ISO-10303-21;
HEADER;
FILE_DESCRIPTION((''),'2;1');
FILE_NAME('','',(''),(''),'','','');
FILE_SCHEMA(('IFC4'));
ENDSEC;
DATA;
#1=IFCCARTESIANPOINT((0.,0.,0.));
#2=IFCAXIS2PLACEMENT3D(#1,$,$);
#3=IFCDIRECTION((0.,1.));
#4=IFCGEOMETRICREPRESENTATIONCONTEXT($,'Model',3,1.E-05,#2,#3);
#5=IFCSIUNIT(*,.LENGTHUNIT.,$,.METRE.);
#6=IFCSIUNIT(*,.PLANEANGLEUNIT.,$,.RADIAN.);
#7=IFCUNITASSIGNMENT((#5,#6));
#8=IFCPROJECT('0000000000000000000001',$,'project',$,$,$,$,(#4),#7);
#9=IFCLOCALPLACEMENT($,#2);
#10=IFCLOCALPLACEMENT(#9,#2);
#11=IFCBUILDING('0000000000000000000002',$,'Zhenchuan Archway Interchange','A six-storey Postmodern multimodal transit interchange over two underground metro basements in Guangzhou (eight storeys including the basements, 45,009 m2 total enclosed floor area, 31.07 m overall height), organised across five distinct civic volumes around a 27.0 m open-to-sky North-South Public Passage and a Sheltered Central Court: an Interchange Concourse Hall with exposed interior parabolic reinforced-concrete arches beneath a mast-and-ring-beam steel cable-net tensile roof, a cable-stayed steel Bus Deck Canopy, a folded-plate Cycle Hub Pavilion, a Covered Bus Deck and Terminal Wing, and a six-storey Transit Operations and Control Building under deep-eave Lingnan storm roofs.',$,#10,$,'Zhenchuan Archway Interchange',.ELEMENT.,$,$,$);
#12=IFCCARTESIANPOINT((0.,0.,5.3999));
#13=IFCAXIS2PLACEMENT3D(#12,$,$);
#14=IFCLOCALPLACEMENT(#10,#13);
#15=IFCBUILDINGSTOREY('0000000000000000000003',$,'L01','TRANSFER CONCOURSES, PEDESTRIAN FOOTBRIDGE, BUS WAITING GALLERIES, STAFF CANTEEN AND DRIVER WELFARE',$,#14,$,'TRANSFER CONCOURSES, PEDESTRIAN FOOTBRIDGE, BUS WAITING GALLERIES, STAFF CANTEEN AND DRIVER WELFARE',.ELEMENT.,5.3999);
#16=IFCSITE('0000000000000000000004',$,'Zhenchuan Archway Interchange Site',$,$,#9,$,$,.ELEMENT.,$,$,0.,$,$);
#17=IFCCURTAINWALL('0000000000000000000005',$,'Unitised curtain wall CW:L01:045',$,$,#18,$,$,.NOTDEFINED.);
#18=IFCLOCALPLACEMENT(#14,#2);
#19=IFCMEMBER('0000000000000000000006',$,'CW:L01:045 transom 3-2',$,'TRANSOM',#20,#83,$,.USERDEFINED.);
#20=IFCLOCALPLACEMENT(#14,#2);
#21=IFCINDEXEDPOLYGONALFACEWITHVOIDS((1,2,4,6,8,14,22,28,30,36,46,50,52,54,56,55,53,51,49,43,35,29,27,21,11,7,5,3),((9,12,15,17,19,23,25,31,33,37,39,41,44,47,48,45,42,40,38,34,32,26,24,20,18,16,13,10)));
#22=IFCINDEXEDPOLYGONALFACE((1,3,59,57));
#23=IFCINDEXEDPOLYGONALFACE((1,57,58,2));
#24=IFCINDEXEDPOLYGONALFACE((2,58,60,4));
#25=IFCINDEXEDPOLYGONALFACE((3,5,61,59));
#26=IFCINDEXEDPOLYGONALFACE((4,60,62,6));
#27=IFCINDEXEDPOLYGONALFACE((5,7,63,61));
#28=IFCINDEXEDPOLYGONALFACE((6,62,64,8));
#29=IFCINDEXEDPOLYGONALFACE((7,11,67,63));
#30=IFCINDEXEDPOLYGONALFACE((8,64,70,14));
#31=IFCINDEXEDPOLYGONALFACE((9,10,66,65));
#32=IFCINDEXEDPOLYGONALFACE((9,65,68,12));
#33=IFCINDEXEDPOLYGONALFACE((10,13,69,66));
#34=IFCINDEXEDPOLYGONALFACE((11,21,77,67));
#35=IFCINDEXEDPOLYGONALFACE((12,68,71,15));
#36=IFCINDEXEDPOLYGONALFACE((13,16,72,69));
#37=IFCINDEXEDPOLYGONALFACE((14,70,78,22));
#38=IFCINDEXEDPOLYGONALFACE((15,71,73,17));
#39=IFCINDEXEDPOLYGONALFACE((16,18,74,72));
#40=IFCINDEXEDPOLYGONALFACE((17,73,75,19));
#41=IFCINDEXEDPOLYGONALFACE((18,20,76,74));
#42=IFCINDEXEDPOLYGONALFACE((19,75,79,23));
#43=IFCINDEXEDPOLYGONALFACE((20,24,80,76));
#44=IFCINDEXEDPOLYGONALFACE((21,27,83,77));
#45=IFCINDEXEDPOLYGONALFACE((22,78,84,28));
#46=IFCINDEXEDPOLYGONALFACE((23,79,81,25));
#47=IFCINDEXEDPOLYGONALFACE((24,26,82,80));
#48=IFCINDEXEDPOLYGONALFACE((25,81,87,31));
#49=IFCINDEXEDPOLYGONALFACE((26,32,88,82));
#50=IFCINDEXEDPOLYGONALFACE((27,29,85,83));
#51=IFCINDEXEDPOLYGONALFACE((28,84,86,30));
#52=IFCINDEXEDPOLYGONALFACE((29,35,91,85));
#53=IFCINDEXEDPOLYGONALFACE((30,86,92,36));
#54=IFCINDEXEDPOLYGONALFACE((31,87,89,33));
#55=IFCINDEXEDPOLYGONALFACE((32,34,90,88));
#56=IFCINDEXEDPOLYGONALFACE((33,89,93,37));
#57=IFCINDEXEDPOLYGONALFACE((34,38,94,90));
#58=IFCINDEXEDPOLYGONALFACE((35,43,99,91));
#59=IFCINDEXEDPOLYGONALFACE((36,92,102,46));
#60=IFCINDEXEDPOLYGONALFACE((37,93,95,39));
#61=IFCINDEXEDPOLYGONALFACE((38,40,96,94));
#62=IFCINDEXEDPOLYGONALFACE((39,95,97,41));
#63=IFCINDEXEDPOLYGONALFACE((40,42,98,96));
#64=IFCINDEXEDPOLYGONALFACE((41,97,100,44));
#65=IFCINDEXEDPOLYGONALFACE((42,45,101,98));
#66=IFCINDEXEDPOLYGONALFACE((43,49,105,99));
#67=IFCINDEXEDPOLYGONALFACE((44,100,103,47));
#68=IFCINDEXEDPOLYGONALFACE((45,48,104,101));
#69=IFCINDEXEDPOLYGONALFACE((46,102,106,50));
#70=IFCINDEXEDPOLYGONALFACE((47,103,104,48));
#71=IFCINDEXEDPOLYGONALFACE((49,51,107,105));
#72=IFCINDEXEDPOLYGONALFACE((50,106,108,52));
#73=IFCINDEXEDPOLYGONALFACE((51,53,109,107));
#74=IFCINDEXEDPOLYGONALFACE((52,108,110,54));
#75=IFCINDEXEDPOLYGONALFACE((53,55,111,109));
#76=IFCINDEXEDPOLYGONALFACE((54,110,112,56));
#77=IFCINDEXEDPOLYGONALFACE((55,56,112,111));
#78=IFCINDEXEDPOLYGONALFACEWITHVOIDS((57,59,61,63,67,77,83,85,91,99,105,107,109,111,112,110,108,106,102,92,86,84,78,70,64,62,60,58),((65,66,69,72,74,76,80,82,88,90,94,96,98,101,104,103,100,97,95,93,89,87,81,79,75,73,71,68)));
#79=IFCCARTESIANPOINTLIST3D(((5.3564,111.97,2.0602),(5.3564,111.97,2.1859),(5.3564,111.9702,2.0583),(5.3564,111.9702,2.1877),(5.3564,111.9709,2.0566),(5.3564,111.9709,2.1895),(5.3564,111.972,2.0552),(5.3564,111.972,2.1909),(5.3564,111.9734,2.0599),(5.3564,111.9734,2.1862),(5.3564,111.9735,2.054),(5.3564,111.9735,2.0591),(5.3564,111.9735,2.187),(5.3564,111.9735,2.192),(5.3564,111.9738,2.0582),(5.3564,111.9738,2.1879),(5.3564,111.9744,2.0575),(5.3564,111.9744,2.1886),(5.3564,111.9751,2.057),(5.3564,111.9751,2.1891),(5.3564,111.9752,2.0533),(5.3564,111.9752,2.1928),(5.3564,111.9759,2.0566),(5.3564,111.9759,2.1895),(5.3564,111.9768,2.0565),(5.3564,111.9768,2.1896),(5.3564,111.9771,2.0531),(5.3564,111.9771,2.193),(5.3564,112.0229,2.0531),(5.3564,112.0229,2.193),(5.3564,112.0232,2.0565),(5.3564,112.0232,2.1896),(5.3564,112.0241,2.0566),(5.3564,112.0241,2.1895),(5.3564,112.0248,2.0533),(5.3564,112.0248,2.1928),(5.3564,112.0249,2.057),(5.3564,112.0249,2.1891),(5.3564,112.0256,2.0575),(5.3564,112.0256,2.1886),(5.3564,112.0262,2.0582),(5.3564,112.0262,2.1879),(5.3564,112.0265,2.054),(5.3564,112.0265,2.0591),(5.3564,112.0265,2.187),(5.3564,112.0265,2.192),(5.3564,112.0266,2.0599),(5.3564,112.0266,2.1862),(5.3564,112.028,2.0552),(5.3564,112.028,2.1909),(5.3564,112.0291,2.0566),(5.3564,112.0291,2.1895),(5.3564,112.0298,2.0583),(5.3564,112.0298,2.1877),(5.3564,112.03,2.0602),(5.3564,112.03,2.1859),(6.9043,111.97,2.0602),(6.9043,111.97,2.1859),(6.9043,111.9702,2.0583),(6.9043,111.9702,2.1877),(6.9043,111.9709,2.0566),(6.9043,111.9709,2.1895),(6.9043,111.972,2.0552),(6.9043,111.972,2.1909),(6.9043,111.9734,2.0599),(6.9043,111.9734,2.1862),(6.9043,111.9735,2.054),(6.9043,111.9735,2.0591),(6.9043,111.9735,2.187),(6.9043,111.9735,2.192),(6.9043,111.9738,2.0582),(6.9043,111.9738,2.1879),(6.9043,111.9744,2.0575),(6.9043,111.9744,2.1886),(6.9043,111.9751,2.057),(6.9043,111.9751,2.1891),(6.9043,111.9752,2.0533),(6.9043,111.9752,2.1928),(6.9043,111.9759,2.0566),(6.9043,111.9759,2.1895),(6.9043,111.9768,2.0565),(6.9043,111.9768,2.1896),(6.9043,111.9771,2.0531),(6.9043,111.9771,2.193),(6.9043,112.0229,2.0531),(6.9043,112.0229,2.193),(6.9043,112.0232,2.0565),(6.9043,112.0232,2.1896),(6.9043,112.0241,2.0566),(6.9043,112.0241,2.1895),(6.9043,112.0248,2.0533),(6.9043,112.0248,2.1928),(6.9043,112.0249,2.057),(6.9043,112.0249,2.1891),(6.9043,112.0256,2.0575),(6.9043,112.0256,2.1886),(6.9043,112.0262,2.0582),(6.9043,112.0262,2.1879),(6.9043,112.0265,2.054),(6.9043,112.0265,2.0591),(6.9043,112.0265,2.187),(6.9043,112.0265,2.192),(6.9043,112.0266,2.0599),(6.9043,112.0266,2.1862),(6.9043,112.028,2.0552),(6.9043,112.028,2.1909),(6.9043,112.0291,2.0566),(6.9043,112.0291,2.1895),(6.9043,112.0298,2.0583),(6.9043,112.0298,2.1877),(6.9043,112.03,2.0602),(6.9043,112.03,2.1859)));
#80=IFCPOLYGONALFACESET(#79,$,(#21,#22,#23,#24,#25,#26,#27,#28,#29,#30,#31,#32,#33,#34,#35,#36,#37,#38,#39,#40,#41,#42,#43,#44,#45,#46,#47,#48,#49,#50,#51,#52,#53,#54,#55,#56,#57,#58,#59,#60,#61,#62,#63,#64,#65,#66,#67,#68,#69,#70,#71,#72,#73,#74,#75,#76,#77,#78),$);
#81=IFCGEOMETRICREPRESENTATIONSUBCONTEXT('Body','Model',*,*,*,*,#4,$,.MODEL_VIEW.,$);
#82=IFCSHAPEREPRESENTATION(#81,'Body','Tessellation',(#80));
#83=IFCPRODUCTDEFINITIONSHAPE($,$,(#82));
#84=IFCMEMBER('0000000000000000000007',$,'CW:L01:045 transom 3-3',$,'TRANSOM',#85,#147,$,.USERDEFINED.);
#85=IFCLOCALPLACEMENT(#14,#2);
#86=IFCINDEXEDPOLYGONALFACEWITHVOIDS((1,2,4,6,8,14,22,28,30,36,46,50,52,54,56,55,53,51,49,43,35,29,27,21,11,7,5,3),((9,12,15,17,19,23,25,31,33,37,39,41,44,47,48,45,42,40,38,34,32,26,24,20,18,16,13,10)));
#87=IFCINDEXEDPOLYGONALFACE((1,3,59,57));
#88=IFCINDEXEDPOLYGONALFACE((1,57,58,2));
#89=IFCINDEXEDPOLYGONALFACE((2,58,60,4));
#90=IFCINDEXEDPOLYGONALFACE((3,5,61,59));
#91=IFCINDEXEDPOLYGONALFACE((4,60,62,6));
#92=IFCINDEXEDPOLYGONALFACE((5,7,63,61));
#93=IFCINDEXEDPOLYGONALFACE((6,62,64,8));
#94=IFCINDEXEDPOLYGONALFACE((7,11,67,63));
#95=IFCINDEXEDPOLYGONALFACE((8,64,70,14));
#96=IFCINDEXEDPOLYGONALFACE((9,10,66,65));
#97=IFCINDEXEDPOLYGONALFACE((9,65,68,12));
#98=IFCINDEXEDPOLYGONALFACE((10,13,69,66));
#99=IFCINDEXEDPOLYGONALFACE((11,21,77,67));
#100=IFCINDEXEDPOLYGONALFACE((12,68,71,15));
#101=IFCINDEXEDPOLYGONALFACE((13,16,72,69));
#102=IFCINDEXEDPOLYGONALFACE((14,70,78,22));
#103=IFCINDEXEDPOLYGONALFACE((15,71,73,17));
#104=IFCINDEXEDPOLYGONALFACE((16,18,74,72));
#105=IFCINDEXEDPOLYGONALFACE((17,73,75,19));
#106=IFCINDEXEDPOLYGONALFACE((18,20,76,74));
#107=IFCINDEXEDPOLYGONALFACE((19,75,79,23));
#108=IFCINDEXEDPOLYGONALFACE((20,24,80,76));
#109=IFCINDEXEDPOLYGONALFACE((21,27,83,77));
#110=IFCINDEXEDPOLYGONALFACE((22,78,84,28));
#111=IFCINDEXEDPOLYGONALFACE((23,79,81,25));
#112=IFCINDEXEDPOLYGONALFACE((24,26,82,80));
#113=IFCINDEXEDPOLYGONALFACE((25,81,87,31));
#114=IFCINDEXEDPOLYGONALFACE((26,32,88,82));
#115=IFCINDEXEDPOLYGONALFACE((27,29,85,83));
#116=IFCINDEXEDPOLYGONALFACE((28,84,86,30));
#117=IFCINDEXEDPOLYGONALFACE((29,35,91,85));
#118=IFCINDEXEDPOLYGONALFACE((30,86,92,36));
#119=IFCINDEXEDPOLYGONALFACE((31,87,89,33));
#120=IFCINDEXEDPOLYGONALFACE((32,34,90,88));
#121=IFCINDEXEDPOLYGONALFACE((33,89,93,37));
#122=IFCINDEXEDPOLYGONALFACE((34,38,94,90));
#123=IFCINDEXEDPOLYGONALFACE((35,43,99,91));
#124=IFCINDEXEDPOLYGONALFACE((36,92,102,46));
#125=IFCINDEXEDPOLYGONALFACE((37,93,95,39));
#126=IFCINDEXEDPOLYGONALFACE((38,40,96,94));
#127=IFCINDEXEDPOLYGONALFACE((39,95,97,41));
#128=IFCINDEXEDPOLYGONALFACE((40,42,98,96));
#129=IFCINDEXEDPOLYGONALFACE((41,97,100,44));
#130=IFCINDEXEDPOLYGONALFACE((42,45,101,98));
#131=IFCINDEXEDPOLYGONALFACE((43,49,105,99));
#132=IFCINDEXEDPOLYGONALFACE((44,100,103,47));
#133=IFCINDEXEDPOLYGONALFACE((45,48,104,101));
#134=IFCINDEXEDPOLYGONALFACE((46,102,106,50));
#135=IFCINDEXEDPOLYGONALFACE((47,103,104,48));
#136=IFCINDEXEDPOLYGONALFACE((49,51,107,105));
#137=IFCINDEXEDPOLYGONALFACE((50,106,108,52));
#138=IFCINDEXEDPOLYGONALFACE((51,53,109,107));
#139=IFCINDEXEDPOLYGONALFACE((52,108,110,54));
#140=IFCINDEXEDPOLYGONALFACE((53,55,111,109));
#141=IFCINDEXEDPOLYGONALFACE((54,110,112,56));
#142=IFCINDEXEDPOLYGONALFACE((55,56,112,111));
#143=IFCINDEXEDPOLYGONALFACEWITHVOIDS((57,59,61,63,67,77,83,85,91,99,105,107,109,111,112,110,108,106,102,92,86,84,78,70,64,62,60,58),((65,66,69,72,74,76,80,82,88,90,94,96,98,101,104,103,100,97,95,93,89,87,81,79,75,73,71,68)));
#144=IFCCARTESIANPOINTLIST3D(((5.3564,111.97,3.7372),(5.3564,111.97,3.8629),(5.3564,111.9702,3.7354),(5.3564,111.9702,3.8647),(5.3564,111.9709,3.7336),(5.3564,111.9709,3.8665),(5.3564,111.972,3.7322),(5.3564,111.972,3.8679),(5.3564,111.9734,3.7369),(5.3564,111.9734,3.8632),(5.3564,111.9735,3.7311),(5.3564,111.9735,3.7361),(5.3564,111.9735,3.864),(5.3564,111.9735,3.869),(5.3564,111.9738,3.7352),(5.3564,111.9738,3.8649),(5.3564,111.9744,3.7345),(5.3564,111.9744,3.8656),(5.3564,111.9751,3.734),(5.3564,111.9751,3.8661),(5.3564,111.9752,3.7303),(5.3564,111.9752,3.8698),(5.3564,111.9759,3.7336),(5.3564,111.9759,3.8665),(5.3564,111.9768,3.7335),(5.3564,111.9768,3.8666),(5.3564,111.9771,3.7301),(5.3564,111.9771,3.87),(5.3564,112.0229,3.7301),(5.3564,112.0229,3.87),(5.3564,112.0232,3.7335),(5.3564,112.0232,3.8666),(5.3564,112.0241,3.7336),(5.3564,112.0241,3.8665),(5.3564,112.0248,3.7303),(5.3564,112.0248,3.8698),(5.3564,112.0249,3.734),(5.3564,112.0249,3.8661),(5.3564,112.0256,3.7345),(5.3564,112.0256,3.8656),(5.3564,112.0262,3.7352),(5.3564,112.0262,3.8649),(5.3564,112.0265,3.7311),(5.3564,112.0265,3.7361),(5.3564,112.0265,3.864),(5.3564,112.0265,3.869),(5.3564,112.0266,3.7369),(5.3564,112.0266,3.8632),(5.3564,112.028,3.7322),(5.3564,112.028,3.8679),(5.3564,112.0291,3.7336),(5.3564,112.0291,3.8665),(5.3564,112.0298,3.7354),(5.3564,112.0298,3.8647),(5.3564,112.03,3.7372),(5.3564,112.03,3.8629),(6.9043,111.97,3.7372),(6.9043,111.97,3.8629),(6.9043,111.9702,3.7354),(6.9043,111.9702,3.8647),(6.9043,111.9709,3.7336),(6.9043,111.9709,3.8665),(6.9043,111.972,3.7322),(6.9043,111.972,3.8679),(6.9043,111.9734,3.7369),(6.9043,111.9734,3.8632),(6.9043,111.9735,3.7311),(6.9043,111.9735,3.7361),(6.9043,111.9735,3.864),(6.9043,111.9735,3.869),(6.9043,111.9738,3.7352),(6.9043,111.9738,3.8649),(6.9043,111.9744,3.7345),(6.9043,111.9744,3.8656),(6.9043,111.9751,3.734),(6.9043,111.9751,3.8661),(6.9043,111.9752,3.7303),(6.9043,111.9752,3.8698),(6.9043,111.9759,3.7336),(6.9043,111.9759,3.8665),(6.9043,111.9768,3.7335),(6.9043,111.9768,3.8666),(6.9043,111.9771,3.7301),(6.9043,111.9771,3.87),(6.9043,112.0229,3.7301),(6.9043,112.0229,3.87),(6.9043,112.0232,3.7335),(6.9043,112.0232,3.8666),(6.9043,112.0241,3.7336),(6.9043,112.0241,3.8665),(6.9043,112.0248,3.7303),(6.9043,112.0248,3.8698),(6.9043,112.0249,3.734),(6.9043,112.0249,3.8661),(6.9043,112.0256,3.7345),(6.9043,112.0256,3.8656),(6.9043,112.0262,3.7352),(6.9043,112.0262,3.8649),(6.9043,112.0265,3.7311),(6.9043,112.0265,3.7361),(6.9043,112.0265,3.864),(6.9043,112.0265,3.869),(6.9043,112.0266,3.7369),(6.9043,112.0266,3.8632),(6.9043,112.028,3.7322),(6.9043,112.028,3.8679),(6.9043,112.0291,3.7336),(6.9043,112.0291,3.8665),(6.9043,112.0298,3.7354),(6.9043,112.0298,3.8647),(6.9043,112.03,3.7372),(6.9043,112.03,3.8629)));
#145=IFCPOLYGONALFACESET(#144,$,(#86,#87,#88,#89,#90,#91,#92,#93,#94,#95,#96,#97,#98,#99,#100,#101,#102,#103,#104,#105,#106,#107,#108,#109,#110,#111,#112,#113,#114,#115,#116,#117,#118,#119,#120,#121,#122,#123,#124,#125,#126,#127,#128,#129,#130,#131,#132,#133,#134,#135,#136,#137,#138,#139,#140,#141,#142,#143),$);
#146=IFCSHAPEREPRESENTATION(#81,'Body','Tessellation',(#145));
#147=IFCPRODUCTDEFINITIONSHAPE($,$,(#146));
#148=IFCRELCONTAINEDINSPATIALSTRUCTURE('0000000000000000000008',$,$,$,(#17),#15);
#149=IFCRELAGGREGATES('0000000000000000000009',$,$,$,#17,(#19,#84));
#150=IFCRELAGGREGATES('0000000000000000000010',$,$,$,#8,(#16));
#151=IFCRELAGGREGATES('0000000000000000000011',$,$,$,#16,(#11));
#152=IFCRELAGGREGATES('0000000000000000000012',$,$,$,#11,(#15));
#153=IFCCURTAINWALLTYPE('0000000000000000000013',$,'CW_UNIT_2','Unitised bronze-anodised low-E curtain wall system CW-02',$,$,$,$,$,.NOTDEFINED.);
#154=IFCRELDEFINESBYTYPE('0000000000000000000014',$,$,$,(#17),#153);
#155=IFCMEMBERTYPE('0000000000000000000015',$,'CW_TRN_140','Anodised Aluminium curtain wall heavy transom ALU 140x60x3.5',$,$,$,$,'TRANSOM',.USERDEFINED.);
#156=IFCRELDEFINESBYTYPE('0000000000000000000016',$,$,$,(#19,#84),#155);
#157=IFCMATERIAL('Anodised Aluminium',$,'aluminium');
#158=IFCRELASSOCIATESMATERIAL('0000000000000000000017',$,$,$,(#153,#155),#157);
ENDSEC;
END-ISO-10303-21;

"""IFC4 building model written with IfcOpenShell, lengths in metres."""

from ifc_helpers import new_model, si_unit, direction, frame, origin, origin_2d, place, context, subcontext, project, spatial, hollow_rectangle, extrude, material, material_profile, profile_set, type_object, element, aggregate, save


model = new_model("IFC4")

# Units and contexts
model_context = context("Model", 3, precision=1e-05, world=origin(), true_north=direction((0.0, 1.0)))
body_context = subcontext(model_context, "Body", "Model", "MODEL_VIEW")
ifc_project = project(units=[si_unit("LENGTHUNIT", "METRE"), si_unit("PLANEANGLEUNIT", "RADIAN")], contexts=[model_context])

# Site, building, storey
site_placement = place(None, origin())
site = spatial("IfcSite", under=ifc_project, at=site_placement, Name="Zhenchuan Archway Interchange Site", CompositionType="ELEMENT", RefElevation=0.0)
building_placement = place(site_placement, origin())
building = spatial("IfcBuilding", under=site, at=building_placement, Name="Zhenchuan Archway Interchange", Description="A six-storey Postmodern multimodal transit interchange over two underground metro basements in Guangzhou (eight storeys including the basements, 45,009 m2 total enclosed floor area, 31.07 m overall height), organised across five distinct civic volumes around a 27.0 m open-to-sky North-South Public Passage and a Sheltered Central Court: an Interchange Concourse Hall with exposed interior parabolic reinforced-concrete arches beneath a mast-and-ring-beam steel cable-net tensile roof, a cable-stayed steel Bus Deck Canopy, a folded-plate Cycle Hub Pavilion, a Covered Bus Deck and Terminal Wing, and a six-storey Transit Operations and Control Building under deep-eave Lingnan storm roofs.", LongName="Zhenchuan Archway Interchange", CompositionType="ELEMENT")
storey_placement = place(building_placement, frame((0.0, 0.0, 5.3999)))
storey = spatial("IfcBuildingStorey", under=building, at=storey_placement, Name="L01", Description="TRANSFER CONCOURSES, PEDESTRIAN FOOTBRIDGE, BUS WAITING GALLERIES, STAFF CANTEEN AND DRIVER WELFARE", LongName="TRANSFER CONCOURSES, PEDESTRIAN FOOTBRIDGE, BUS WAITING GALLERIES, STAFF CANTEEN AND DRIVER WELFARE", CompositionType="ELEMENT", Elevation=5.3999)

# Curtain wall
ifc_material_1 = material(Name="Anodised Aluminium", Category="aluminium")
curtain_wall_type_1 = type_object("IfcCurtainWallType", Name="CW_UNIT_2", Description="Unitised bronze-anodised low-E curtain wall system CW-02", PredefinedType="NOTDEFINED", material=ifc_material_1)
curtain_wall_1_placement = place(storey_placement, origin())
curtain_wall_1 = element("IfcCurtainWall", 1, at=curtain_wall_1_placement, inside=storey, type_object=curtain_wall_type_1, Name="Unitised curtain wall CW:L01:045", PredefinedType="NOTDEFINED")

# Members
ifc_material_profile_1 = material_profile(ifc_material_1, hollow_rectangle(XDim=0.0601, YDim=0.1399, WallThickness=0.0034, InnerFilletRadius=0.0034, OuterFilletRadius=0.0071, at=origin_2d()), Name="ALU 140x60x3.5")
ifc_profile_set_1 = profile_set([ifc_material_profile_1], Name="Anodised Aluminium")
member_type_1 = type_object("IfcMemberType", Name="CW_TRN_140", Description="Anodised Aluminium curtain wall heavy transom ALU 140x60x3.5", ElementType="TRANSOM", PredefinedType="USERDEFINED", material=ifc_profile_set_1)
member_1_placement = place(storey_placement, frame((5.3564, 112.0, 2.123), z_axis=(1.0, 0.0, 0.0), x_axis=(0.0, 1.0, 0.0)))
member_1 = element("IfcMember", 2, at=member_1_placement, type_object=member_type_1, Name="CW:L01:045 transom 3-2", ObjectType="TRANSOM", PredefinedType="USERDEFINED", context=body_context, shape_type="SweptSolid", body=[
    extrude(hollow_rectangle(XDim=0.0601, YDim=0.1399, WallThickness=0.0034, InnerFilletRadius=0.0034, OuterFilletRadius=0.0071, at=origin_2d()), origin(), (0.0, 0.0, 1.0), 1.5479),
])
member_2_placement = place(storey_placement, frame((5.3564, 112.0, 3.8), z_axis=(1.0, 0.0, 0.0), x_axis=(0.0, 1.0, 0.0)))
member_2 = element("IfcMember", 3, at=member_2_placement, type_object=member_type_1, Name="CW:L01:045 transom 3-3", ObjectType="TRANSOM", PredefinedType="USERDEFINED", context=body_context, shape_type="SweptSolid", body=[
    extrude(hollow_rectangle(XDim=0.0601, YDim=0.1399, WallThickness=0.0034, InnerFilletRadius=0.0034, OuterFilletRadius=0.0071, at=origin_2d()), origin(), (0.0, 0.0, 1.0), 1.5479),
])

aggregate(curtain_wall_1, [member_1, member_2])

save(model, "model.ifc")
